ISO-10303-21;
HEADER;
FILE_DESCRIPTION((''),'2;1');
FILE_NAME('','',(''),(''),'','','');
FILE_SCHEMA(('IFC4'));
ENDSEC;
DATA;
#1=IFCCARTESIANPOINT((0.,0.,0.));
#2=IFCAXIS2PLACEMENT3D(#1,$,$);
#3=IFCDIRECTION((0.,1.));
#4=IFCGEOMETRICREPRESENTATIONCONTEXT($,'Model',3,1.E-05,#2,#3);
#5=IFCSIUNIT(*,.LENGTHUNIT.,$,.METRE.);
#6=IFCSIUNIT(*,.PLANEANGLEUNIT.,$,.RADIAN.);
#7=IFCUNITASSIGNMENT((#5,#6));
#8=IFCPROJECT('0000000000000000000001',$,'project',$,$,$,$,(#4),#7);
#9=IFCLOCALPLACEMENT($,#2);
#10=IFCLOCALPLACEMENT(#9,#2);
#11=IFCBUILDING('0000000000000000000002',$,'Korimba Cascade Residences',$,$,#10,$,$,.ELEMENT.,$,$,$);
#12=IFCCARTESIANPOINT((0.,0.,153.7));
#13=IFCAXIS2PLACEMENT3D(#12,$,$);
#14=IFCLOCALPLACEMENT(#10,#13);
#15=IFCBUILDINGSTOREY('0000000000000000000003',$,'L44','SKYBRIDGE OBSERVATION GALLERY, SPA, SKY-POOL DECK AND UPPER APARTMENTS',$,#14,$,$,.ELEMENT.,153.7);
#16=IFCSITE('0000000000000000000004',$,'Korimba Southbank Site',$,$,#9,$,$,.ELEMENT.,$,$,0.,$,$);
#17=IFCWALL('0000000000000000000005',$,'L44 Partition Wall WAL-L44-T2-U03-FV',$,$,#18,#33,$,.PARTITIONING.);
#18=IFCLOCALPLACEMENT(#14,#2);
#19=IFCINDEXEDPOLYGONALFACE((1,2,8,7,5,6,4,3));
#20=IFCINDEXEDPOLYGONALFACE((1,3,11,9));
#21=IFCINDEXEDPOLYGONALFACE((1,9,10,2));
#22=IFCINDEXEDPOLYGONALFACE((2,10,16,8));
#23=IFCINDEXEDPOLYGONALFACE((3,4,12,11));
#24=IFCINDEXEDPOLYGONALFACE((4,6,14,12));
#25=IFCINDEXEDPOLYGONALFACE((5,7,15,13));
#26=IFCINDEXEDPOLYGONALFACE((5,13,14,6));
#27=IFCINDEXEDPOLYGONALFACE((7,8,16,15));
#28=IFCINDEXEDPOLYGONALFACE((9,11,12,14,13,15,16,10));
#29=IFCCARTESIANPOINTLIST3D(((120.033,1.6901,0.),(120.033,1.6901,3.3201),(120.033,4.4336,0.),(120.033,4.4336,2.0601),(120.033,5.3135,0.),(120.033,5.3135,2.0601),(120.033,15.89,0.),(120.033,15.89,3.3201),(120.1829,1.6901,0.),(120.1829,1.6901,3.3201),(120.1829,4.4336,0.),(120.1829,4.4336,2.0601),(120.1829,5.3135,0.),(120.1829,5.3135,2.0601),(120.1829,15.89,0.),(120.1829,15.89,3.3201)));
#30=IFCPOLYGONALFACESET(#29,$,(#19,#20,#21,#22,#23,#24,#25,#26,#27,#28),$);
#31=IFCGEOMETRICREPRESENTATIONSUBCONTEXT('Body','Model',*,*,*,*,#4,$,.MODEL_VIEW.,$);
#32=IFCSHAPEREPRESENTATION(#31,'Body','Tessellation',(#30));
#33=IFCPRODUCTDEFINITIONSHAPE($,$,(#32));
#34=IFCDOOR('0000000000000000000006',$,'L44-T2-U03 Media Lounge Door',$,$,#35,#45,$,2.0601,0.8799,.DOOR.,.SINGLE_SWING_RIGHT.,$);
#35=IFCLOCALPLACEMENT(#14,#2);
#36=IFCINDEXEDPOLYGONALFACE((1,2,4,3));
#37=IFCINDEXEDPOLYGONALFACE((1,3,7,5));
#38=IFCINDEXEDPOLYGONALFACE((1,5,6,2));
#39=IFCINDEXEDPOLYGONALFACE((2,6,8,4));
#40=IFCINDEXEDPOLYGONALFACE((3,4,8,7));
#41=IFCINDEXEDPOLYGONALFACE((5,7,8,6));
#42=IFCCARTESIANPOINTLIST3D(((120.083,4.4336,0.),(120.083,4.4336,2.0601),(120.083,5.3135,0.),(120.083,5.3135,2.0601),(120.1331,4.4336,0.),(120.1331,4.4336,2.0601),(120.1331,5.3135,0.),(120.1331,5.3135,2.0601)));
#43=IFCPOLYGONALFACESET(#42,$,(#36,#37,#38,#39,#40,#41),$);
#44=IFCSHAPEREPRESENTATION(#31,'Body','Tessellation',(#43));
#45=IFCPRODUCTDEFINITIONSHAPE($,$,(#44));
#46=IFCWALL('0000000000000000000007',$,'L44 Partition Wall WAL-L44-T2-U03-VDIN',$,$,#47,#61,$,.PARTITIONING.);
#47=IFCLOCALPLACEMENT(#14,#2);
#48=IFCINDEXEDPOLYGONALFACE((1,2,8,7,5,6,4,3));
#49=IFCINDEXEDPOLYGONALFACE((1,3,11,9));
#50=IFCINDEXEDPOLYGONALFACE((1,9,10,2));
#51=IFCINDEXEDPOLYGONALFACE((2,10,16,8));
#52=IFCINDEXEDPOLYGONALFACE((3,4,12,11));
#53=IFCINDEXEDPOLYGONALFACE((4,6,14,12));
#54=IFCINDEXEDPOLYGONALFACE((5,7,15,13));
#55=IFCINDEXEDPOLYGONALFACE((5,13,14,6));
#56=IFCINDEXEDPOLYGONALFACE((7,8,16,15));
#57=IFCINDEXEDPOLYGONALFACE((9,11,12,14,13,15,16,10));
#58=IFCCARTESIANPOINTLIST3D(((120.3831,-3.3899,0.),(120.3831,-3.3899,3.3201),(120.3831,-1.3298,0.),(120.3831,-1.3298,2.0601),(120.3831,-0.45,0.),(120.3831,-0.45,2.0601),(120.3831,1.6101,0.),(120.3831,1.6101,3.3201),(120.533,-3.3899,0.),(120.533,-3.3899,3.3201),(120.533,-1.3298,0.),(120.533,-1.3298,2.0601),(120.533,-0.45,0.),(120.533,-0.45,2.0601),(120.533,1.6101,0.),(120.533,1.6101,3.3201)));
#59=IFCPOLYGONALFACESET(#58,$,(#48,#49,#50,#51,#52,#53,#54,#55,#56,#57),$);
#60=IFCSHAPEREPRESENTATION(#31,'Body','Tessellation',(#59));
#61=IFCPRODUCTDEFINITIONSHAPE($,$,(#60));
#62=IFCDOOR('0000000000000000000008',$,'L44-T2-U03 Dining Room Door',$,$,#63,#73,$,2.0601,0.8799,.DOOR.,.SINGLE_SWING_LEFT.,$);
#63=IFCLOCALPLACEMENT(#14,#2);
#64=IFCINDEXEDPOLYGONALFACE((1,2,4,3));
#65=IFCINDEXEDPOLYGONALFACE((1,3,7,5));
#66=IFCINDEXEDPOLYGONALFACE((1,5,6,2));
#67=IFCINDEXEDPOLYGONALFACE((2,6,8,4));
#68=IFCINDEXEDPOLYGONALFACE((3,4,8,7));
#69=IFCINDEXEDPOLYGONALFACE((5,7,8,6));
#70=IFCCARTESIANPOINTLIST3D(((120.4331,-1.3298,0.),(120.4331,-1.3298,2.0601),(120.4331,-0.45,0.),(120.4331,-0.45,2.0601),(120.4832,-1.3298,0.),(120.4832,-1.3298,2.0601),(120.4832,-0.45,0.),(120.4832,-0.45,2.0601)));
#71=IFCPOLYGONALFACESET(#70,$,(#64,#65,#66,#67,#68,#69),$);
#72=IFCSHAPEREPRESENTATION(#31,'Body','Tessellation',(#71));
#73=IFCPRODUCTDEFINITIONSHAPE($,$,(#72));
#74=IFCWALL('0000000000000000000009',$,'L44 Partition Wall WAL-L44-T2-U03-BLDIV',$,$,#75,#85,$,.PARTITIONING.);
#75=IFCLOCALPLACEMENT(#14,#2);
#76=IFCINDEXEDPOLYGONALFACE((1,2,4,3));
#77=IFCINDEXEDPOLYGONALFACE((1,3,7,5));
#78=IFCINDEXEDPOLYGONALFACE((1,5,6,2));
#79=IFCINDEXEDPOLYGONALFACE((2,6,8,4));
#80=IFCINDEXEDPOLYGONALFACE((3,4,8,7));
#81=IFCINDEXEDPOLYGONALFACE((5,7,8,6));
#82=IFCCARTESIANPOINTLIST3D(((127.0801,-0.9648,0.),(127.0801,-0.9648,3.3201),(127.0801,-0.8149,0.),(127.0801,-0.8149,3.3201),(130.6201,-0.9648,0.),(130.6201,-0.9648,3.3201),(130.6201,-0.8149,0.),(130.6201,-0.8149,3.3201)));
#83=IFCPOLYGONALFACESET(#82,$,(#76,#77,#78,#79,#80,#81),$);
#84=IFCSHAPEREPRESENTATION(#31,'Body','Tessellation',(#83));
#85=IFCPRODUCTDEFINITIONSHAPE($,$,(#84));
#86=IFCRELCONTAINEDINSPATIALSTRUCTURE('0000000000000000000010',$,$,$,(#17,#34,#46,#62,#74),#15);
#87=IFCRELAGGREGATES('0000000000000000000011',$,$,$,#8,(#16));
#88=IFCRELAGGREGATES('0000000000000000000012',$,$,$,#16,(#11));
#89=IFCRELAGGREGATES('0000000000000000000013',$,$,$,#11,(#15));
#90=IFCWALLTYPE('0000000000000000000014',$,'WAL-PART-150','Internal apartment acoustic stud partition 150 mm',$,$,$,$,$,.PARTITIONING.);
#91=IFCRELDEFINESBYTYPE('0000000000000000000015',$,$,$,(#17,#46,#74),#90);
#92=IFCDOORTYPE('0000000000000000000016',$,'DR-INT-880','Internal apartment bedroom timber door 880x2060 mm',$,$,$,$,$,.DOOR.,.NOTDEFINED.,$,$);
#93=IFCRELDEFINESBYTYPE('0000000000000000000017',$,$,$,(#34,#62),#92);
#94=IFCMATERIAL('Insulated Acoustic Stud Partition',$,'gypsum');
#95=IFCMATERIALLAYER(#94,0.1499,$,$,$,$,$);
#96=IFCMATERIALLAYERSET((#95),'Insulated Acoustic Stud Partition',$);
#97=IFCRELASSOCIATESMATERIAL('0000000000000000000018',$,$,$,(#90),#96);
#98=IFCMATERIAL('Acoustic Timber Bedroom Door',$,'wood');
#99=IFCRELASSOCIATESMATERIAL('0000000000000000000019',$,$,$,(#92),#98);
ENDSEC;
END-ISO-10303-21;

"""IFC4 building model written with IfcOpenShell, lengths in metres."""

from ifc_helpers import new_model, si_unit, direction, frame, frame_2d, origin, place, context, subcontext, project, spatial, rectangle, extrude, material, layer, layer_set, type_object, element, fill, save


model = new_model("IFC4")

# Units and contexts
model_context = context("Model", 3, precision=1e-05, world=origin(), true_north=direction((0.0, 1.0)))
body_context = subcontext(model_context, "Body", "Model", "MODEL_VIEW")
ifc_project = project(units=[si_unit("LENGTHUNIT", "METRE"), si_unit("PLANEANGLEUNIT", "RADIAN")], contexts=[model_context])

# Site, building, storey
site_placement = place(None, origin())
site = spatial("IfcSite", under=ifc_project, at=site_placement, Name="Korimba Southbank Site", CompositionType="ELEMENT", RefElevation=0.0)
building_placement = place(site_placement, origin())
building = spatial("IfcBuilding", under=site, at=building_placement, Name="Korimba Cascade Residences", CompositionType="ELEMENT")
storey_placement = place(building_placement, frame((0.0, 0.0, 153.7)))
storey = spatial("IfcBuildingStorey", under=building, at=storey_placement, Name="L44", Description="SKYBRIDGE OBSERVATION GALLERY, SPA, SKY-POOL DECK AND UPPER APARTMENTS", CompositionType="ELEMENT", Elevation=153.7)

# Walls, openings, doors
ifc_material_1 = material(Name="Insulated Acoustic Stud Partition", Category="gypsum")
ifc_layer = layer(ifc_material_1, 0.1499)
ifc_layer_set = layer_set([ifc_layer], Name="Insulated Acoustic Stud Partition")
wall_type = type_object("IfcWallType", Name="WAL-PART-150", Description="Internal apartment acoustic stud partition 150 mm", PredefinedType="PARTITIONING", material=ifc_layer_set)
ifc_material_2 = material(Name="Acoustic Timber Bedroom Door", Category="wood")
door_type_1 = type_object("IfcDoorType", Name="DR-INT-880", Description="Internal apartment bedroom timber door 880x2060 mm", OperationType="NOTDEFINED", PredefinedType="DOOR", material=ifc_material_2)
wall_1_placement = place(storey_placement, frame((120.1079, 1.6899, 0.0), z_axis=(0.0, 0.0, 1.0), x_axis=(0.0, 1.0, 0.0)))
wall_1 = element("IfcWall", 1, at=wall_1_placement, inside=storey, type_object=wall_type, Name="L44 Partition Wall WAL-L44-T2-U03-FV", PredefinedType="PARTITIONING", context=body_context, shape_type="SweptSolid", body=[
    extrude(rectangle(XDim=14.2, YDim=0.1499, at=frame_2d((7.1001, 0.0))), origin(), (0.0, 0.0, 1.0), 3.3201),
])
opening_1_placement = place(wall_1_placement, frame((2.7437, 0.0, 0.0)))
opening_1 = element("IfcOpeningElement", 2, at=opening_1_placement, cuts=wall_1, PredefinedType="OPENING", context=body_context, shape_type="SweptSolid", body=[
    extrude(rectangle(XDim=0.8799, YDim=2.0601, at=frame_2d((0.4399, 1.03))), frame((0.0, 0.085, 0.0), z_axis=(0.0, -1.0, 0.0), x_axis=(1.0, 0.0, 0.0)), (0.0, 0.0, 1.0), 0.1699),
])
door_1_placement = place(opening_1_placement, origin())
door_1 = element("IfcDoor", 3, at=door_1_placement, inside=storey, type_object=door_type_1, Name="L44-T2-U03 Media Lounge Door", OperationType="SINGLE_SWING_RIGHT", OverallHeight=2.0601, OverallWidth=0.8799, PredefinedType="DOOR", context=body_context, shape_type="SweptSolid", body=[
    extrude(rectangle(XDim=0.8799, YDim=2.0601, at=frame_2d((0.4399, 1.03))), frame((0.0, 0.0249, 0.0), z_axis=(0.0, -1.0, 0.0), x_axis=(1.0, 0.0, 0.0)), (0.0, 0.0, 1.0), 0.05),
])
fill(opening_1, door_1)
wall_2_placement = place(storey_placement, frame((120.458, -3.3899, 0.0), z_axis=(0.0, 0.0, 1.0), x_axis=(0.0, 1.0, 0.0)))
wall_2 = element("IfcWall", 4, at=wall_2_placement, inside=storey, type_object=wall_type, Name="L44 Partition Wall WAL-L44-T2-U03-VDIN", PredefinedType="PARTITIONING", context=body_context, shape_type="SweptSolid", body=[
    extrude(rectangle(XDim=5.0, YDim=0.1499, at=frame_2d((2.5, 0.0))), origin(), (0.0, 0.0, 1.0), 3.3201),
])
opening_2_placement = place(wall_2_placement, frame((2.0601, 0.0, 0.0)))
opening_2 = element("IfcOpeningElement", 5, at=opening_2_placement, cuts=wall_2, PredefinedType="OPENING", context=body_context, shape_type="SweptSolid", body=[
    extrude(rectangle(XDim=0.8799, YDim=2.0601, at=frame_2d((0.4399, 1.03))), frame((0.0, 0.085, 0.0), z_axis=(0.0, -1.0, 0.0), x_axis=(1.0, 0.0, 0.0)), (0.0, 0.0, 1.0), 0.1699),
])
door_2_placement = place(opening_2_placement, origin())
door_2 = element("IfcDoor", 6, at=door_2_placement, inside=storey, type_object=door_type_1, Name="L44-T2-U03 Dining Room Door", OperationType="SINGLE_SWING_LEFT", OverallHeight=2.0601, OverallWidth=0.8799, PredefinedType="DOOR", context=body_context, shape_type="SweptSolid", body=[
    extrude(rectangle(XDim=0.8799, YDim=2.0601, at=frame_2d((0.4399, 1.03))), frame((0.0, 0.0249, 0.0), z_axis=(0.0, -1.0, 0.0), x_axis=(1.0, 0.0, 0.0)), (0.0, 0.0, 1.0), 0.05),
])
fill(opening_2, door_2)

# Wall
wall_3_placement = place(storey_placement, frame((127.0801, -0.8899, 0.0), z_axis=(0.0, 0.0, 1.0), x_axis=(1.0, 0.0, 0.0)))
element("IfcWall", 7, at=wall_3_placement, inside=storey, type_object=wall_type, Name="L44 Partition Wall WAL-L44-T2-U03-BLDIV", PredefinedType="PARTITIONING", context=body_context, shape_type="SweptSolid", body=[
    extrude(rectangle(XDim=3.54, YDim=0.1499, at=frame_2d((1.77, 0.0))), origin(), (0.0, 0.0, 1.0), 3.3201),
])

save(model, "model.ifc")
